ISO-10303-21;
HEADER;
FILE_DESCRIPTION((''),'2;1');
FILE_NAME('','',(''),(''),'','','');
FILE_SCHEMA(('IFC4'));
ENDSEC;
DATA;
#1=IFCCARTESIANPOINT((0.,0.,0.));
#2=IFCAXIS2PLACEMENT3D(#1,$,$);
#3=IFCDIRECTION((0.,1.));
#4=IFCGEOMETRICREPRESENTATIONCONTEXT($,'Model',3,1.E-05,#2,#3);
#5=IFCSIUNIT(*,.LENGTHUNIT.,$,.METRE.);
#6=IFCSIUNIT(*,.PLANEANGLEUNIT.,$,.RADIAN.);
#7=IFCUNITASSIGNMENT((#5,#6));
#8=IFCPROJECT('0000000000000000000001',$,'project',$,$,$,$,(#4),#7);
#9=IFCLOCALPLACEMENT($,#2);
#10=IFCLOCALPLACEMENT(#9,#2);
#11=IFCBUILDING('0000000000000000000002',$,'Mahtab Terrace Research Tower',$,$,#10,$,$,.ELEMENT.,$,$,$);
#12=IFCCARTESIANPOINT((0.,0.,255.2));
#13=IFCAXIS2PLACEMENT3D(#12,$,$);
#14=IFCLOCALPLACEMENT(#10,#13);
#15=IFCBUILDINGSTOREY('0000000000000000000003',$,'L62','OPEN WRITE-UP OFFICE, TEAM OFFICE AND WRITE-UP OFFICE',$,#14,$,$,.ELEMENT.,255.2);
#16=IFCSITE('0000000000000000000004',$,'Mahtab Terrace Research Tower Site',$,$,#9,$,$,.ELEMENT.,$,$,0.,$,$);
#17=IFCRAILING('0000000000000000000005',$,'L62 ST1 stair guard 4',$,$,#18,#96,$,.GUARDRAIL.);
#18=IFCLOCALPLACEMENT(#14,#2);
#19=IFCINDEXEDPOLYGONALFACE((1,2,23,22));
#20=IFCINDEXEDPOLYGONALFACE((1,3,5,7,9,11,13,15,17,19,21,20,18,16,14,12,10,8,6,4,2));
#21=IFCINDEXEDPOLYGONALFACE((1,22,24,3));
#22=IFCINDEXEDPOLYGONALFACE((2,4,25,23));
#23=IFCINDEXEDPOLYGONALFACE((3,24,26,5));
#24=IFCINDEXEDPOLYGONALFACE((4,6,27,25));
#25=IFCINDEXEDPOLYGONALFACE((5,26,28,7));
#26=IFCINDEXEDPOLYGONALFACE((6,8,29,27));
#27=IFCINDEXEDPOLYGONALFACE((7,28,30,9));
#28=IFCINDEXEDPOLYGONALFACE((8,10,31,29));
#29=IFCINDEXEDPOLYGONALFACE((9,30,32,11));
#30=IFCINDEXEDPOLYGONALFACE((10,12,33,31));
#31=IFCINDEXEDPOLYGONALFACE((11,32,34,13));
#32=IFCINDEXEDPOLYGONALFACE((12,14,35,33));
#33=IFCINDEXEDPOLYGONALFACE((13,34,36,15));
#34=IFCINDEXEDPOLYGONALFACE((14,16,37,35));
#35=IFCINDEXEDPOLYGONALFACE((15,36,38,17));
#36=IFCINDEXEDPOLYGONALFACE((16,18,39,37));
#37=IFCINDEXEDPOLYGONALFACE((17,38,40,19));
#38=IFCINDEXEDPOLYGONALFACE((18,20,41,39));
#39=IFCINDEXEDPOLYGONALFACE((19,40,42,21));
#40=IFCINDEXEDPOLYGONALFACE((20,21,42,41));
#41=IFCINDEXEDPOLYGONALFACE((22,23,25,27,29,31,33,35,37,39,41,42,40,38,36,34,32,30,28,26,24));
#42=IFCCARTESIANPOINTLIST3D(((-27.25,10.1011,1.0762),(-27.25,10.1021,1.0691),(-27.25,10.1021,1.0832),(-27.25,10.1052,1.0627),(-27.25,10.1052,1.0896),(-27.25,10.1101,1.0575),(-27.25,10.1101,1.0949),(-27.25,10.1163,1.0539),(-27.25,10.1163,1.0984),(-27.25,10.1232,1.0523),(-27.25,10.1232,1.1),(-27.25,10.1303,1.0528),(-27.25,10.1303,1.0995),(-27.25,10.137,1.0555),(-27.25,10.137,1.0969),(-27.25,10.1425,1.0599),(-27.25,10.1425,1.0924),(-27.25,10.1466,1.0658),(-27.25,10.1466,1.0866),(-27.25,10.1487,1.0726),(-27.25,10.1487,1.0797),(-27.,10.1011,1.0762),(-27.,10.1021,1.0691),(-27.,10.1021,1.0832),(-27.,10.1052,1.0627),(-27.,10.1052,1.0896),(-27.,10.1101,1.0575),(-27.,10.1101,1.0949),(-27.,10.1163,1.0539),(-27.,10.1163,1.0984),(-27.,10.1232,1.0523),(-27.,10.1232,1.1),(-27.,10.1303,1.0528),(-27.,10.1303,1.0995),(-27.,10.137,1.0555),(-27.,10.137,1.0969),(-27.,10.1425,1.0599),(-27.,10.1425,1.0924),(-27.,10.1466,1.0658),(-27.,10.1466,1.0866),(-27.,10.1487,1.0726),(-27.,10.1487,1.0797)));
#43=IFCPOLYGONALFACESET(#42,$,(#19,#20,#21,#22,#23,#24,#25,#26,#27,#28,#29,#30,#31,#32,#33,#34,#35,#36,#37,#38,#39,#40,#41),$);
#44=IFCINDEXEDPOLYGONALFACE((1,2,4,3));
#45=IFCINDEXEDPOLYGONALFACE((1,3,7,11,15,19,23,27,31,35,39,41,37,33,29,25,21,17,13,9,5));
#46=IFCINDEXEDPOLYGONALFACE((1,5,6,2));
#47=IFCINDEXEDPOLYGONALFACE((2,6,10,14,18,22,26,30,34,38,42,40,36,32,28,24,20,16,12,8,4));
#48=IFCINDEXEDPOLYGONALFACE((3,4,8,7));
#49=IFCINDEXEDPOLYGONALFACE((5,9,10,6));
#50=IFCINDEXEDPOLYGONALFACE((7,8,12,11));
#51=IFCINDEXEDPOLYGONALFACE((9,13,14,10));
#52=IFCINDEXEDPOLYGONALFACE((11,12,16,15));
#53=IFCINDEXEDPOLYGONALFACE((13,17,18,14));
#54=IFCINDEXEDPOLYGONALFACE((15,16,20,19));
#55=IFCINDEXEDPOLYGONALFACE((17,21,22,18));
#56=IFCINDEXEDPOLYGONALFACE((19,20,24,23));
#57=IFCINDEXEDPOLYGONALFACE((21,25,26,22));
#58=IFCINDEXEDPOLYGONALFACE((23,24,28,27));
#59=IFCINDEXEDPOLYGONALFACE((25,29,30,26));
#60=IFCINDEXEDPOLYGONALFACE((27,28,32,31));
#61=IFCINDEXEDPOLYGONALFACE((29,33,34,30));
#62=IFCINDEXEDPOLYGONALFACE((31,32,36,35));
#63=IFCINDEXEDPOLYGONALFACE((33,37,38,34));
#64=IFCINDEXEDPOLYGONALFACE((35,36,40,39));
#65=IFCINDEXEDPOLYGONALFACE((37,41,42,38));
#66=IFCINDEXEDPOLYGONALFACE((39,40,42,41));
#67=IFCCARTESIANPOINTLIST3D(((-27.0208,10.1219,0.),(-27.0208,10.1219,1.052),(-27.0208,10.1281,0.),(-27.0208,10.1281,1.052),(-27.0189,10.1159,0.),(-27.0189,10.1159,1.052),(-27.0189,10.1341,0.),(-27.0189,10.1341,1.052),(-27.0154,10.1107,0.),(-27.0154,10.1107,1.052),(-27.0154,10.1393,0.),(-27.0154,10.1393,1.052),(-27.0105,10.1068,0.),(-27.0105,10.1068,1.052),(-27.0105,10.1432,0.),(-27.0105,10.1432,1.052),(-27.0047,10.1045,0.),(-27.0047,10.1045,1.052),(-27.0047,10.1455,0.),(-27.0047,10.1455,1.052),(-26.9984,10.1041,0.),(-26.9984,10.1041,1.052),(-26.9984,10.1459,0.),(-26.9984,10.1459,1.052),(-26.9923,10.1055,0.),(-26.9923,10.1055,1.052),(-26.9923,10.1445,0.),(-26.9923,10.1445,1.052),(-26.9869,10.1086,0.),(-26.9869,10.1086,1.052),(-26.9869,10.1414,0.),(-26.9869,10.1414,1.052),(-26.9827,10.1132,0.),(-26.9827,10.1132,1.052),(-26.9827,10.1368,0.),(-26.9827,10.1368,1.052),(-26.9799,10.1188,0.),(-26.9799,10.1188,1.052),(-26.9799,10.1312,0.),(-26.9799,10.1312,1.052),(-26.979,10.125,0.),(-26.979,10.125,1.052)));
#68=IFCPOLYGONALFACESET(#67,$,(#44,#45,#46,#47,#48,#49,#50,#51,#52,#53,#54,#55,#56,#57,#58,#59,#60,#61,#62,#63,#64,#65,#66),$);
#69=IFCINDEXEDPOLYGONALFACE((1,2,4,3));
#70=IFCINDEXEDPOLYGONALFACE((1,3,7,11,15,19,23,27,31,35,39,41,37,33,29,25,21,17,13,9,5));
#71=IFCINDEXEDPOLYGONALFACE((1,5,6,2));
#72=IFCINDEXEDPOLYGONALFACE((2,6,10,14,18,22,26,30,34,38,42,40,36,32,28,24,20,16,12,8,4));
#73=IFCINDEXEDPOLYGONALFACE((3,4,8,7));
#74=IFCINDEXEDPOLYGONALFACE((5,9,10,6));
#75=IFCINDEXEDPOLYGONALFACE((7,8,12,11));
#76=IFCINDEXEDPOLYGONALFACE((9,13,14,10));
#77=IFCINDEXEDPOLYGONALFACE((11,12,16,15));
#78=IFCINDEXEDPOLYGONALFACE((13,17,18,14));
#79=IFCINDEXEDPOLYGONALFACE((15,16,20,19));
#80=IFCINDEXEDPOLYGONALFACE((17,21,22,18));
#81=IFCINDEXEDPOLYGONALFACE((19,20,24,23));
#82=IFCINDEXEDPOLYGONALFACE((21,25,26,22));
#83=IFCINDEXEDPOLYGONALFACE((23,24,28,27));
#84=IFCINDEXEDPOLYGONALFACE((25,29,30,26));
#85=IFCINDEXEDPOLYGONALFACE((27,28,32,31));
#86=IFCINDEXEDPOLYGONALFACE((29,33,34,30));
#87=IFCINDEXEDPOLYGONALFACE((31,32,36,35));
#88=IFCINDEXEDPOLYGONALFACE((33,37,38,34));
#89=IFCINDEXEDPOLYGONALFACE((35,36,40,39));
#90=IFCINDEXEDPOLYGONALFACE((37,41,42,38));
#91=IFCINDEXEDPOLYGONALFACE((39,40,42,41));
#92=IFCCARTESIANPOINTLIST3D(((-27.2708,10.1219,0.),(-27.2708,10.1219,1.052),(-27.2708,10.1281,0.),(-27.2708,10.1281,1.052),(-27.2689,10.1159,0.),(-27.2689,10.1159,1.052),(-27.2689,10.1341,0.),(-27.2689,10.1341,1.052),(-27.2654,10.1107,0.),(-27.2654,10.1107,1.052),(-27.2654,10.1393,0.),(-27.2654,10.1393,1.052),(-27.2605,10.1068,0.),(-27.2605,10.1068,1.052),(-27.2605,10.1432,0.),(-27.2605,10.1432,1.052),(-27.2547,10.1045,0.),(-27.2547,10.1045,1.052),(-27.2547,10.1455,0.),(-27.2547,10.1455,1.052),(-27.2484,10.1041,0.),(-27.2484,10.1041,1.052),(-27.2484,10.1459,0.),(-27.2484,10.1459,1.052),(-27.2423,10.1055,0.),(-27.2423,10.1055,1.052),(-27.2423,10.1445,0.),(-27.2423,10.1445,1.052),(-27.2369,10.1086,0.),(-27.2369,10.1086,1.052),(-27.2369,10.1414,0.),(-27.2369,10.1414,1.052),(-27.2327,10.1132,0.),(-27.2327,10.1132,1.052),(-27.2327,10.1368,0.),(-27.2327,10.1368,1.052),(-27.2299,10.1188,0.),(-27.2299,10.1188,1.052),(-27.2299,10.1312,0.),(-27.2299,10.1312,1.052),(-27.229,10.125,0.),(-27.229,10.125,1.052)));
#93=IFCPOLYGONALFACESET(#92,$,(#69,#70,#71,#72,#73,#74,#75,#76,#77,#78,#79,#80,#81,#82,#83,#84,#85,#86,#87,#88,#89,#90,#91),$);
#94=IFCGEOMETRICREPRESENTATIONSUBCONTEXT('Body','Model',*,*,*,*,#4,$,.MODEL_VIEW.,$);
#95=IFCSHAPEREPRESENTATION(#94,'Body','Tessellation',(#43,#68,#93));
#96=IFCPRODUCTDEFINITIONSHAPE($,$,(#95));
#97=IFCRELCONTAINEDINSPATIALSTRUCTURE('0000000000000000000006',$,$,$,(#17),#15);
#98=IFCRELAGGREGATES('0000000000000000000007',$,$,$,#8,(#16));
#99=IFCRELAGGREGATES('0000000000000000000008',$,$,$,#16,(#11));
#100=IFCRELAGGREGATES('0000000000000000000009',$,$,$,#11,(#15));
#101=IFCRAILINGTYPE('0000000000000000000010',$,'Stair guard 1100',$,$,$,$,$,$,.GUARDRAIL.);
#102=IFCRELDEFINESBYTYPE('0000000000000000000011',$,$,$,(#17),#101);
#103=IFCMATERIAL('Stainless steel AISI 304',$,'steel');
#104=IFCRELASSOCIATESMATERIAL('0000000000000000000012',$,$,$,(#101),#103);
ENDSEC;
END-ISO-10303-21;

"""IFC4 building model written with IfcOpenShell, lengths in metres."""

from ifc_helpers import new_model, si_unit, direction, frame, origin, origin_2d, place, context, subcontext, project, spatial, circle, extrude, material, type_object, element, save


model = new_model("IFC4")

# Units and contexts
model_context = context("Model", 3, precision=1e-05, world=origin(), true_north=direction((0.0, 1.0)))
body_context = subcontext(model_context, "Body", "Model", "MODEL_VIEW")
ifc_project = project(units=[si_unit("LENGTHUNIT", "METRE"), si_unit("PLANEANGLEUNIT", "RADIAN")], contexts=[model_context])

# Site, building, storey
site_placement = place(None, origin())
site = spatial("IfcSite", under=ifc_project, at=site_placement, Name="Mahtab Terrace Research Tower Site", CompositionType="ELEMENT", RefElevation=0.0)
building_placement = place(site_placement, origin())
building = spatial("IfcBuilding", under=site, at=building_placement, Name="Mahtab Terrace Research Tower", CompositionType="ELEMENT")
storey_placement = place(building_placement, frame((0.0, 0.0, 255.2)))
storey = spatial("IfcBuildingStorey", under=building, at=storey_placement, Name="L62", Description="OPEN WRITE-UP OFFICE, TEAM OFFICE AND WRITE-UP OFFICE", CompositionType="ELEMENT", Elevation=255.2)

# Railing
ifc_material_1 = material(Name="Stainless steel AISI 304", Category="steel")
railing_type_1 = type_object("IfcRailingType", Name="Stair guard 1100", PredefinedType="GUARDRAIL", material=ifc_material_1)
railing_1_placement = place(storey_placement, frame((-27.0, 10.125, 0.0)))
element("IfcRailing", 1, at=railing_1_placement, inside=storey, type_object=railing_type_1, Name="L62 ST1 stair guard 4", PredefinedType="GUARDRAIL", context=body_context, shape_type="SweptSolid", body=[
    extrude(circle(Radius=0.0239, at=origin_2d()), frame((0.0, 0.0, 1.0762), z_axis=(-1.0, 0.0, 0.0), x_axis=(0.0, -1.0, 0.0)), (0.0, 0.0, 1.0), 0.25),
    extrude(circle(Radius=0.021, at=origin_2d()), origin(), (0.0, 0.0, 1.0), 1.052),
    extrude(circle(Radius=0.021, at=origin_2d()), frame((-0.25, 0.0, 0.0)), (0.0, 0.0, 1.0), 1.052),
])

save(model, "model.ifc")
